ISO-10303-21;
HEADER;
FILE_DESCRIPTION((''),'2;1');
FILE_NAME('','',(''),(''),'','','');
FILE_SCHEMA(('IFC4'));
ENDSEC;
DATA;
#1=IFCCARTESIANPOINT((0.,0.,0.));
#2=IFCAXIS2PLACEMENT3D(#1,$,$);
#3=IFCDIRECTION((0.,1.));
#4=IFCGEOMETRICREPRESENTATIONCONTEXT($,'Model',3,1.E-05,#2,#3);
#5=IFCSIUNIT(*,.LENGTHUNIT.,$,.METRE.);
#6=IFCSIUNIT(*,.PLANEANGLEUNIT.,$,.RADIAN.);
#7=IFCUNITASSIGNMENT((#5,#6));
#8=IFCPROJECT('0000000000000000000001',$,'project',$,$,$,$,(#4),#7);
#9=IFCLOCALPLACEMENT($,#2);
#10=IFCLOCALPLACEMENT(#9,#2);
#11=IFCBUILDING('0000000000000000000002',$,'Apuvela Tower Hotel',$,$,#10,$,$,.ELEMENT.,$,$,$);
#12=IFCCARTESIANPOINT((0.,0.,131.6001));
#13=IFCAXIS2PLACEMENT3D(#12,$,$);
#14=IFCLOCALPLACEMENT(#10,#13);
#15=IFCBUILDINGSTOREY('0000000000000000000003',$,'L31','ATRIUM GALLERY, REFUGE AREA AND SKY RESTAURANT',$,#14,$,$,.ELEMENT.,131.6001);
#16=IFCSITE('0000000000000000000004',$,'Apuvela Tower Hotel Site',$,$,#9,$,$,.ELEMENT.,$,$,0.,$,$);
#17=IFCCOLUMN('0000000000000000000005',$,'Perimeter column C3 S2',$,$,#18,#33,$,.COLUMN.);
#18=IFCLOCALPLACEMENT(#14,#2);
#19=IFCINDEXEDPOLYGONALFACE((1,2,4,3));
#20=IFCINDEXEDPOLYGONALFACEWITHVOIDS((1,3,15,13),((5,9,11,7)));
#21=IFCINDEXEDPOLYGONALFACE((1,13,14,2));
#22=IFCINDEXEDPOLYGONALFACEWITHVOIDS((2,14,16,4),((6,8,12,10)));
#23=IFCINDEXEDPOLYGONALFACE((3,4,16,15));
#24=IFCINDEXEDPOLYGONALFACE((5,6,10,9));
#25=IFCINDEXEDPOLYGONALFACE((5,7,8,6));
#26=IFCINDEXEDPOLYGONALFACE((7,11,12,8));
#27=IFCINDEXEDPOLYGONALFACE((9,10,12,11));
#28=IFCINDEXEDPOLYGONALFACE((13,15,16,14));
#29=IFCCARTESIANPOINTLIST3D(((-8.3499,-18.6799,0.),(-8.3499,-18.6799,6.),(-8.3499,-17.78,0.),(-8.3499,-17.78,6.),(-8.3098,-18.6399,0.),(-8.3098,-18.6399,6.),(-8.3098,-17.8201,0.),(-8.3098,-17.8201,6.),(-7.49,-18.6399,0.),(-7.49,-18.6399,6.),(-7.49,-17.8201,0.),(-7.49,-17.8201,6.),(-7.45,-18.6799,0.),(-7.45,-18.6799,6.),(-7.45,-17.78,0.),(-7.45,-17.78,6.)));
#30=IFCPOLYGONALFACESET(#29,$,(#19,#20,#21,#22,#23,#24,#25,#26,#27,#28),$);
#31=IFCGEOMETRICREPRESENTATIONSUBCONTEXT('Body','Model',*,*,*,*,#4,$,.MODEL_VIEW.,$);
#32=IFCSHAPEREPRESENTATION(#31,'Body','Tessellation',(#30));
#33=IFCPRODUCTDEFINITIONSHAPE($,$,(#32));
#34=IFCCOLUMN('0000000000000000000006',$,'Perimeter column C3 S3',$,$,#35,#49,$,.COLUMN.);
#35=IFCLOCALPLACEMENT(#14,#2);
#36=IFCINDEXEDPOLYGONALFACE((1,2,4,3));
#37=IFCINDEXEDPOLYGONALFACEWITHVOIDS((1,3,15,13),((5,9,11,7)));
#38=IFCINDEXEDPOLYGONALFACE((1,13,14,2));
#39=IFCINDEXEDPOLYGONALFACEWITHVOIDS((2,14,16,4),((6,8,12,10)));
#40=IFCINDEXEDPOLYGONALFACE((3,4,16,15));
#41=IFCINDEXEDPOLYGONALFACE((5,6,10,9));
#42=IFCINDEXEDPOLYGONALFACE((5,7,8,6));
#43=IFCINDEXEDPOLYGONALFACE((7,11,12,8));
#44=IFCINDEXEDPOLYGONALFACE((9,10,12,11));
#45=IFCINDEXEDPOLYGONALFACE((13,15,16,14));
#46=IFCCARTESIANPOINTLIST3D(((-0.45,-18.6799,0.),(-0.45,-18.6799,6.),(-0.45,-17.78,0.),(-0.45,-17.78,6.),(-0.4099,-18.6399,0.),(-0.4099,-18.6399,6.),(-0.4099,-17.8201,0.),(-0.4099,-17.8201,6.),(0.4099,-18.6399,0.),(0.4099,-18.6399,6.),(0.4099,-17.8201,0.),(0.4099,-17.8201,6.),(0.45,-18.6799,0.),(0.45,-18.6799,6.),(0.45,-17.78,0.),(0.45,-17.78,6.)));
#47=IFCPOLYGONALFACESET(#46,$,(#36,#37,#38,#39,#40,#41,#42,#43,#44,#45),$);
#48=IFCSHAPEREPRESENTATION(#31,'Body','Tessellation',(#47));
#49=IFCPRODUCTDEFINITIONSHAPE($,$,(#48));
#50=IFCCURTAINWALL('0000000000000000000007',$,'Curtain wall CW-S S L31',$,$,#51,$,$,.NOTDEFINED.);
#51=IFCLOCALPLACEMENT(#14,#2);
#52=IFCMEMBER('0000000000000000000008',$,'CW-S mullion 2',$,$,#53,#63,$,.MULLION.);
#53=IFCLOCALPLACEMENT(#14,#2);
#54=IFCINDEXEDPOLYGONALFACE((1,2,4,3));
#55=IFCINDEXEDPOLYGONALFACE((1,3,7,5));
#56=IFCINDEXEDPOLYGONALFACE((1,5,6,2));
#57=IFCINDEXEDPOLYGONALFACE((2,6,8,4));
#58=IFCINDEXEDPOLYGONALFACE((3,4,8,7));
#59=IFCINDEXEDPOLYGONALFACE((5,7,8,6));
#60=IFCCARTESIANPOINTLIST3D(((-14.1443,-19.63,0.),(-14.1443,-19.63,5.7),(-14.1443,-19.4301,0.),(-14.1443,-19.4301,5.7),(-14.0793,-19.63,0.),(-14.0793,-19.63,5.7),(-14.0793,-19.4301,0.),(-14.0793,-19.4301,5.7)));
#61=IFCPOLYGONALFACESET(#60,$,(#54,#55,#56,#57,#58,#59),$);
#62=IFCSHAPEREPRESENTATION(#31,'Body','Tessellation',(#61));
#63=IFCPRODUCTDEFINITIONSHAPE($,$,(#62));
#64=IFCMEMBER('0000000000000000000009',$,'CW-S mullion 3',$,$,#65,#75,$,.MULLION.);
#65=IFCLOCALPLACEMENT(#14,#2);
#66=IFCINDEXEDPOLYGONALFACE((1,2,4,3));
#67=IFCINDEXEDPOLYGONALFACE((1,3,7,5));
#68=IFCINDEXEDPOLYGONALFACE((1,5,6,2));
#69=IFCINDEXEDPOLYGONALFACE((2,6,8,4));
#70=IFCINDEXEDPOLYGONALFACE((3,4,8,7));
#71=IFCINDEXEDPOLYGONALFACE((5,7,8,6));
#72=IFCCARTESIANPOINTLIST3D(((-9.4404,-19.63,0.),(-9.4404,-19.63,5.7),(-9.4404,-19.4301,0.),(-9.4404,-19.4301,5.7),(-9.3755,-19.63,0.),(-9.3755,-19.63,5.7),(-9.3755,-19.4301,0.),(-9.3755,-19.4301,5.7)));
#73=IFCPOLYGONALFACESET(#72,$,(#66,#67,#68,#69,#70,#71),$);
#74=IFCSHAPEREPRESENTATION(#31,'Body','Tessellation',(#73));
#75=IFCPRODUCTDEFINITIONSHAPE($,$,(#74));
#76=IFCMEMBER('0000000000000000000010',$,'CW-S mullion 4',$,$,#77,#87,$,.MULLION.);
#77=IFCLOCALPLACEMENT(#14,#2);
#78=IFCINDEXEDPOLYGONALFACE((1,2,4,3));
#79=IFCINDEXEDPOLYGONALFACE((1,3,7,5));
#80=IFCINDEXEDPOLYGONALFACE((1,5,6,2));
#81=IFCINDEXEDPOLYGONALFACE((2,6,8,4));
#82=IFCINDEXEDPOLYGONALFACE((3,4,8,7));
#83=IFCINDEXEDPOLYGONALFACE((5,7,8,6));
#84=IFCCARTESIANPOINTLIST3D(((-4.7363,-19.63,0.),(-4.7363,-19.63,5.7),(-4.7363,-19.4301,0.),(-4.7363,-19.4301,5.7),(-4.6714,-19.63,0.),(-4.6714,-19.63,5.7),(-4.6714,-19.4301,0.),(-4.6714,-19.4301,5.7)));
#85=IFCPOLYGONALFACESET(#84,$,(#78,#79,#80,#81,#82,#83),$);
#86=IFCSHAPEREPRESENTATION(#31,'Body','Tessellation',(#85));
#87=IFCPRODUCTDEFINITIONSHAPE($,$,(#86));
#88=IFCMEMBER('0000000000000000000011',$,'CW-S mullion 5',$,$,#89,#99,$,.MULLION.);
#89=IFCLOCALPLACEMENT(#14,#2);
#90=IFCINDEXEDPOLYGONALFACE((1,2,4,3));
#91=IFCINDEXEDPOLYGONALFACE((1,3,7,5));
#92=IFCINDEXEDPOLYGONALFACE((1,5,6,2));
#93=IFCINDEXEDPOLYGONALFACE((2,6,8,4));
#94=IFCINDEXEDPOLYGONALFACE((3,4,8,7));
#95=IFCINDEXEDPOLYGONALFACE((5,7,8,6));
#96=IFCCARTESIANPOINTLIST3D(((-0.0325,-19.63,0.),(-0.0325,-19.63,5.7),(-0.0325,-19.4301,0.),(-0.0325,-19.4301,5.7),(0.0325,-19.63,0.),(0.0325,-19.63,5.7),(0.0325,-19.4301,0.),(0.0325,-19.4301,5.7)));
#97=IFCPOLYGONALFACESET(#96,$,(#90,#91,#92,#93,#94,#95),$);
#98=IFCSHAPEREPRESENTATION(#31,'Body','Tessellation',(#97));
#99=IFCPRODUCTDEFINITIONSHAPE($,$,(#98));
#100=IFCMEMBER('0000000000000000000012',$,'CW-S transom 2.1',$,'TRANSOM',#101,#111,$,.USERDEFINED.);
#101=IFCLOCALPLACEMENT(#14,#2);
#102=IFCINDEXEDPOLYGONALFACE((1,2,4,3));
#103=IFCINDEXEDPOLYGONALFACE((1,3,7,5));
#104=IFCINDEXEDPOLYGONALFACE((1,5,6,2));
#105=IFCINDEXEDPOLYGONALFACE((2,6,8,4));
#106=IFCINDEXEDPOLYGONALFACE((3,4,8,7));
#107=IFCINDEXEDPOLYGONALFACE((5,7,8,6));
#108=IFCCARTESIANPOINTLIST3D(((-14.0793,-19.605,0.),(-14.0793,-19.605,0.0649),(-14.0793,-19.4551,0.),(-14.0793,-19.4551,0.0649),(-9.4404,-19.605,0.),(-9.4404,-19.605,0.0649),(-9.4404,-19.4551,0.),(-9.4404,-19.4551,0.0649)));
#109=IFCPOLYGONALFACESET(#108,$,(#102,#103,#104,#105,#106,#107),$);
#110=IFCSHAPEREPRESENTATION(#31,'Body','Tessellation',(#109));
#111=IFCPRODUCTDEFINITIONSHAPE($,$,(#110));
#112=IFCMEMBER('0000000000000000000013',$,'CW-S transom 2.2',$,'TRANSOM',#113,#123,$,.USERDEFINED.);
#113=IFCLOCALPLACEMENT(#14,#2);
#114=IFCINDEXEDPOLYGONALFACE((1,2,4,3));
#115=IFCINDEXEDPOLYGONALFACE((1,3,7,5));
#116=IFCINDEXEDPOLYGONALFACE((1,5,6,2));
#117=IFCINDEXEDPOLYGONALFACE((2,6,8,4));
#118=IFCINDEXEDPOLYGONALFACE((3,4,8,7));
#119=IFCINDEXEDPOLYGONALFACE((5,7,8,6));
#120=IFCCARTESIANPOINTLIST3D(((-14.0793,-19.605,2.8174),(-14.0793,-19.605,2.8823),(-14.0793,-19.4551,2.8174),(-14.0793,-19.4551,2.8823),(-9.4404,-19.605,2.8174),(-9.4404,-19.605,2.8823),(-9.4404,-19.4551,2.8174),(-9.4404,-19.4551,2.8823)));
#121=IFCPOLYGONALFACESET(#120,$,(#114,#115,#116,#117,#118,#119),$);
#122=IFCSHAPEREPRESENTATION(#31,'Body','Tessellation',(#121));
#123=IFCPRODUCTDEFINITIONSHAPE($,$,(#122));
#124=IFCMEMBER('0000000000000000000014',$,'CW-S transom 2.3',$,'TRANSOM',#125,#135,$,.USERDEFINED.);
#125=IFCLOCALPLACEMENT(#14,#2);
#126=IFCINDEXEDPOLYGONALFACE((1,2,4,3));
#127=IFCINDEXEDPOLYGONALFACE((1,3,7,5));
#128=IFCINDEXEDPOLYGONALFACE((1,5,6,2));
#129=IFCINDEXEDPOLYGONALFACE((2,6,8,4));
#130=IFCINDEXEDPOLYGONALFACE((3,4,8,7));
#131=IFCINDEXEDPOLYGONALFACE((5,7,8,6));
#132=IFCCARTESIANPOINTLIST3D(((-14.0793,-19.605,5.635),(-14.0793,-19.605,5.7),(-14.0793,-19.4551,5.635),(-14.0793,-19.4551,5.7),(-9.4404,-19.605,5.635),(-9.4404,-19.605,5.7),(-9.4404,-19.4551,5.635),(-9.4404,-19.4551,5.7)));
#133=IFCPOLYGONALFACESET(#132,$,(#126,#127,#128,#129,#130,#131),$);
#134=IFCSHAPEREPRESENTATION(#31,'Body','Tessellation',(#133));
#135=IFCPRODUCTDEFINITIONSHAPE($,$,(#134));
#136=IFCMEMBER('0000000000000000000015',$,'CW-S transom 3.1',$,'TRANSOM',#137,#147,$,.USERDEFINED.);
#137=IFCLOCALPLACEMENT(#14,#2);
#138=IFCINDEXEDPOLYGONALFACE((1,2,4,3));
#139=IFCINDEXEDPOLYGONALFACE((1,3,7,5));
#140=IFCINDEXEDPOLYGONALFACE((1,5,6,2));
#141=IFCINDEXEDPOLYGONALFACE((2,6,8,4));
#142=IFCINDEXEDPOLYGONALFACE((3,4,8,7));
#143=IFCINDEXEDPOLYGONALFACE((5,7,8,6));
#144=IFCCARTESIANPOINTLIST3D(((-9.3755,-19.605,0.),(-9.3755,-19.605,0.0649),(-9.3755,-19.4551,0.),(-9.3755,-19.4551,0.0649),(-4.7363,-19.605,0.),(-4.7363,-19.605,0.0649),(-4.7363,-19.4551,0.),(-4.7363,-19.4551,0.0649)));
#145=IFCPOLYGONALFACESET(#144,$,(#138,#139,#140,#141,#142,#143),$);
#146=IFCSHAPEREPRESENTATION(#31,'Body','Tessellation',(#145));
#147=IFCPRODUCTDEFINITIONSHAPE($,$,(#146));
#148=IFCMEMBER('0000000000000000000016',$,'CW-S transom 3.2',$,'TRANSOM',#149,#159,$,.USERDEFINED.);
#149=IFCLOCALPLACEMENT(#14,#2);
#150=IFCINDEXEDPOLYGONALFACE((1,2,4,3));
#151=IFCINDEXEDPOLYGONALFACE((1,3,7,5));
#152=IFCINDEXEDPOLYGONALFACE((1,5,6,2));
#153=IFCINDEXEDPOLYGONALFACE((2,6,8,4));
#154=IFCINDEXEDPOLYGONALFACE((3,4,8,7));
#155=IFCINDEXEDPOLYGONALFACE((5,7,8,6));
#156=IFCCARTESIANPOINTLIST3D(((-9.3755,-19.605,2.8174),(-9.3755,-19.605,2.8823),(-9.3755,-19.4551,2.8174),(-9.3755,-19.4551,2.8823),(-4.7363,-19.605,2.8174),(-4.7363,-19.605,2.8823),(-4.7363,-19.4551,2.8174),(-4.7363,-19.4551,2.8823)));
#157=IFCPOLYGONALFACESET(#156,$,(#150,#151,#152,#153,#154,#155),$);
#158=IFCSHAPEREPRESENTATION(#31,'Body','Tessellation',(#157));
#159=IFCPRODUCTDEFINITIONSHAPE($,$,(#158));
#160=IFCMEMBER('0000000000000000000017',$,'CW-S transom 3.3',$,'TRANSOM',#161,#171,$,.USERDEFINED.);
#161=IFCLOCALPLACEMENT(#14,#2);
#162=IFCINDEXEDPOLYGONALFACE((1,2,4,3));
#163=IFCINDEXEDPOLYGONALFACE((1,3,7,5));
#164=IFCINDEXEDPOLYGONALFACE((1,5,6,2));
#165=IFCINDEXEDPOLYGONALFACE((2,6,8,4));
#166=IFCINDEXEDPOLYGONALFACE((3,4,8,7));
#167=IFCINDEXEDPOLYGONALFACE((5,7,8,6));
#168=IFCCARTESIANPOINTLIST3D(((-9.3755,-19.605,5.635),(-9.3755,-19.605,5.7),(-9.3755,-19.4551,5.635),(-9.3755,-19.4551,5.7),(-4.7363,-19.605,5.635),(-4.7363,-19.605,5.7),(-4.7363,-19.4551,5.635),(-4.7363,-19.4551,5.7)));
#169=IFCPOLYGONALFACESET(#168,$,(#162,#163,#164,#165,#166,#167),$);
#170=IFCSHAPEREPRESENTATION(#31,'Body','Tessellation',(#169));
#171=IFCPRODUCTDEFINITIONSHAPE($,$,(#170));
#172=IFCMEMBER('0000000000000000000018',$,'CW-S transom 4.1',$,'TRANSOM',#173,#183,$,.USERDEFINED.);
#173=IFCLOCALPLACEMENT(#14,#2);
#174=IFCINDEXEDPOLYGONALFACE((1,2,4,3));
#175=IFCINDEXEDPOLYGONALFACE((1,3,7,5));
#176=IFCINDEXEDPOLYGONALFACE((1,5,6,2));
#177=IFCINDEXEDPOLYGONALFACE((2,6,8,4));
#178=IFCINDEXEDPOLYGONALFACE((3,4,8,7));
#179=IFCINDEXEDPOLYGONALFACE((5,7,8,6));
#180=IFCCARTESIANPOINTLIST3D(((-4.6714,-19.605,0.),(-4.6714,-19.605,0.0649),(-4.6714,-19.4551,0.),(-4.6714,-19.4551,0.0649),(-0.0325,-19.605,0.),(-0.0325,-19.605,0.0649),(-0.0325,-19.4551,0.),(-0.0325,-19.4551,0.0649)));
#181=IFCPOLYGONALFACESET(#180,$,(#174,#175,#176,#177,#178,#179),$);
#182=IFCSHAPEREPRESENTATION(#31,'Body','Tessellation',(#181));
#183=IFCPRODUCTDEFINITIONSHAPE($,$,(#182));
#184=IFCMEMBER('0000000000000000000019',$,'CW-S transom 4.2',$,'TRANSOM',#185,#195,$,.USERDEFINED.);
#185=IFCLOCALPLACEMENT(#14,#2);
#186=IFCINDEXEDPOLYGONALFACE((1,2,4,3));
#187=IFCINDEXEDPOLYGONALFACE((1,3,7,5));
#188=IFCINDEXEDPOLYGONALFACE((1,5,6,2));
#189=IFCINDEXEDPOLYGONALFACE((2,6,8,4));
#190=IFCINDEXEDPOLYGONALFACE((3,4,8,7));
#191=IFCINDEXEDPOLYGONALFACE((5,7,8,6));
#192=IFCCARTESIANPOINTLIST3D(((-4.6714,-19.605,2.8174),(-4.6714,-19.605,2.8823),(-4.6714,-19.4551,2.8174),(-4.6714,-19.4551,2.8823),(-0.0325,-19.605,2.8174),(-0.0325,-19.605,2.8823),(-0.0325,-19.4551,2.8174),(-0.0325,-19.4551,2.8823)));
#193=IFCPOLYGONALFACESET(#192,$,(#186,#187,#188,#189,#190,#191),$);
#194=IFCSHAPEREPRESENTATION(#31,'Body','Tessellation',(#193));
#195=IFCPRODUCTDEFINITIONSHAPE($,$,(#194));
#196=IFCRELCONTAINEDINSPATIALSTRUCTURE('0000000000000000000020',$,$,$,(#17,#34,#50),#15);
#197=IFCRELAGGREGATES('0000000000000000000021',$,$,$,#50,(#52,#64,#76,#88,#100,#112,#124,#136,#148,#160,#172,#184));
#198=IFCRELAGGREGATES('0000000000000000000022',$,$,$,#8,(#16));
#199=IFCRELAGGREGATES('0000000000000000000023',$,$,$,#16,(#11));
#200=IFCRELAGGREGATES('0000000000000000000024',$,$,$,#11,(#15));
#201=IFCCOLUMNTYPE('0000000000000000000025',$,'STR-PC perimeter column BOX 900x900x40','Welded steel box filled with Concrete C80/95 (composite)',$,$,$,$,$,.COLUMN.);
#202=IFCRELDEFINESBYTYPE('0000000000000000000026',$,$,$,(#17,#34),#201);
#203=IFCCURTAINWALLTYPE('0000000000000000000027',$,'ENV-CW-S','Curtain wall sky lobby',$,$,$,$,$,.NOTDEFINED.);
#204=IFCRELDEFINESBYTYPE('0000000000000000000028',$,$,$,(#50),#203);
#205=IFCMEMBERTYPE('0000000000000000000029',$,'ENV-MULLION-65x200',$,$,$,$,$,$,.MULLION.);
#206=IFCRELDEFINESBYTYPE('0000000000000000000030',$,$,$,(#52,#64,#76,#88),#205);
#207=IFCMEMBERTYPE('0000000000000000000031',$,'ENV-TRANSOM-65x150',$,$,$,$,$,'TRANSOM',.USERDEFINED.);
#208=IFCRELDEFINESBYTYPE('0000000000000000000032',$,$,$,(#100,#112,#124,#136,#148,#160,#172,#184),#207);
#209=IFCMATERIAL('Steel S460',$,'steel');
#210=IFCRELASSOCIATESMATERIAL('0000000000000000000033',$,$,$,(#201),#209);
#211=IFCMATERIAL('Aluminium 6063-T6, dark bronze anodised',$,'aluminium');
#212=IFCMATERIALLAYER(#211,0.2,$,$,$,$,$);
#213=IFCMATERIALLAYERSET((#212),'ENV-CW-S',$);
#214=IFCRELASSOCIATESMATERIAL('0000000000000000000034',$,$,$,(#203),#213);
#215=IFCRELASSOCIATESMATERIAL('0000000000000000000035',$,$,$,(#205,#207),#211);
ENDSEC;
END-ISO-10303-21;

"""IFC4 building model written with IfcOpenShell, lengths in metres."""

from ifc_helpers import new_model, si_unit, direction, frame, origin, origin_2d, place, context, subcontext, project, spatial, rectangle, hollow_rectangle, extrude, material, layer, layer_set, material_profile, profile_set, type_object, element, aggregate, save


model = new_model("IFC4")

# Units and contexts
model_context = context("Model", 3, precision=1e-05, world=origin(), true_north=direction((0.0, 1.0)))
body_context = subcontext(model_context, "Body", "Model", "MODEL_VIEW")
ifc_project = project(units=[si_unit("LENGTHUNIT", "METRE"), si_unit("PLANEANGLEUNIT", "RADIAN")], contexts=[model_context])

# Site, building, storey
site_placement = place(None, origin())
site = spatial("IfcSite", under=ifc_project, at=site_placement, Name="Apuvela Tower Hotel Site", CompositionType="ELEMENT", RefElevation=0.0)
building_placement = place(site_placement, origin())
building = spatial("IfcBuilding", under=site, at=building_placement, Name="Apuvela Tower Hotel", CompositionType="ELEMENT")
storey_placement = place(building_placement, frame((0.0, 0.0, 131.6001)))
storey = spatial("IfcBuildingStorey", under=building, at=storey_placement, Name="L31", Description="ATRIUM GALLERY, REFUGE AREA AND SKY RESTAURANT", CompositionType="ELEMENT", Elevation=131.6001)

# Columns
ifc_material_1 = material(Name="Steel S460", Category="steel")
ifc_material_profile_1 = material_profile(ifc_material_1, hollow_rectangle(XDim=0.8999, YDim=0.8999, WallThickness=0.04, at=origin_2d()), Name="BOX 900x900x40")
ifc_material_2 = material(Name="Concrete C80/95", Category="concrete")
ifc_material_profile_2 = material_profile(ifc_material_2, rectangle(XDim=0.8201, YDim=0.8201, at=origin_2d()), Name="Concrete C80/95 infill")
ifc_profile_set_1 = profile_set([ifc_material_profile_1, ifc_material_profile_2], Name="Steel S460")
column_type = type_object("IfcColumnType", Name="STR-PC perimeter column BOX 900x900x40", Description="Welded steel box filled with Concrete C80/95 (composite)", PredefinedType="COLUMN", material=ifc_profile_set_1)
for number, where, z_axis, x_axis, name in (
    (1, (-7.8999, -18.23, 0.0), (0.0, 0.0, 1.0), (-1.0, 0.0, 0.0), "Perimeter column C3 S2"),
    (2, (0.0, -18.23, 0.0), (0.0, 0.0, 1.0), (-1.0, 0.0, 0.0), "Perimeter column C3 S3"),
):
    element("IfcColumn", number, at=place(storey_placement, frame(where, z_axis=z_axis, x_axis=x_axis)), inside=storey, type_object=column_type, Name=name, PredefinedType="COLUMN", context=body_context, shape_type="SweptSolid", body=[
        extrude(hollow_rectangle(XDim=0.8999, YDim=0.8999, WallThickness=0.04, at=origin_2d()), origin(), (0.0, 0.0, 1.0), 6.0),
    ])

# Curtain wall, members
ifc_material_3 = material(Name="Aluminium 6063-T6, dark bronze anodised", Category="aluminium")
ifc_layer_1 = layer(ifc_material_3, 0.2)
ifc_layer_set_1 = layer_set([ifc_layer_1], Name="ENV-CW-S")
curtain_wall_type = type_object("IfcCurtainWallType", Name="ENV-CW-S", Description="Curtain wall sky lobby", PredefinedType="NOTDEFINED", material=ifc_layer_set_1)
curtain_wall_placement = place(storey_placement, origin())
curtain_wall = element("IfcCurtainWall", 3, at=curtain_wall_placement, inside=storey, type_object=curtain_wall_type, Name="Curtain wall CW-S S L31", PredefinedType="NOTDEFINED")
ifc_material_profile_3 = material_profile(ifc_material_3, rectangle(XDim=0.2, YDim=0.0649, at=origin_2d()), Name="AL 65x200")
ifc_profile_set_2 = profile_set([ifc_material_profile_3], Name="Aluminium 6063-T6, dark bronze anodised")
member_type_1 = type_object("IfcMemberType", Name="ENV-MULLION-65x200", PredefinedType="MULLION", material=ifc_profile_set_2)
member_1_placement = place(storey_placement, frame((-14.1118, -19.53, 0.0), z_axis=(0.0, 0.0, 1.0), x_axis=(0.0, 1.0, 0.0)))
member_1 = element("IfcMember", 4, at=member_1_placement, type_object=member_type_1, Name="CW-S mullion 2", PredefinedType="MULLION", context=body_context, shape_type="SweptSolid", body=[
    extrude(rectangle(XDim=0.2, YDim=0.0649, at=origin_2d()), origin(), (0.0, 0.0, 1.0), 5.7),
])
member_2_placement = place(storey_placement, frame((-9.408, -19.53, 0.0), z_axis=(0.0, 0.0, 1.0), x_axis=(0.0, 1.0, 0.0)))
member_2 = element("IfcMember", 5, at=member_2_placement, type_object=member_type_1, Name="CW-S mullion 3", PredefinedType="MULLION", context=body_context, shape_type="SweptSolid", body=[
    extrude(rectangle(XDim=0.2, YDim=0.0649, at=origin_2d()), origin(), (0.0, 0.0, 1.0), 5.7),
])
member_3_placement = place(storey_placement, frame((-4.7039, -19.53, 0.0), z_axis=(0.0, 0.0, 1.0), x_axis=(0.0, 1.0, 0.0)))
member_3 = element("IfcMember", 6, at=member_3_placement, type_object=member_type_1, Name="CW-S mullion 4", PredefinedType="MULLION", context=body_context, shape_type="SweptSolid", body=[
    extrude(rectangle(XDim=0.2, YDim=0.0649, at=origin_2d()), origin(), (0.0, 0.0, 1.0), 5.7),
])
member_4_placement = place(storey_placement, frame((0.0, -19.53, 0.0), z_axis=(0.0, 0.0, 1.0), x_axis=(0.0, 1.0, 0.0)))
member_4 = element("IfcMember", 7, at=member_4_placement, type_object=member_type_1, Name="CW-S mullion 5", PredefinedType="MULLION", context=body_context, shape_type="SweptSolid", body=[
    extrude(rectangle(XDim=0.2, YDim=0.0649, at=origin_2d()), origin(), (0.0, 0.0, 1.0), 5.7),
])
ifc_material_profile_4 = material_profile(ifc_material_3, rectangle(XDim=0.1499, YDim=0.0649, at=origin_2d()), Name="AL 65x150 transom")
ifc_profile_set_3 = profile_set([ifc_material_profile_4], Name="Aluminium 6063-T6, dark bronze anodised")
member_type_2 = type_object("IfcMemberType", Name="ENV-TRANSOM-65x150", ElementType="TRANSOM", PredefinedType="USERDEFINED", material=ifc_profile_set_3)
member_5_placement = place(storey_placement, frame((-14.0793, -19.53, 0.0325), z_axis=(1.0, 0.0, 0.0), x_axis=(0.0, 1.0, 0.0)))
member_5 = element("IfcMember", 8, at=member_5_placement, type_object=member_type_2, Name="CW-S transom 2.1", ObjectType="TRANSOM", PredefinedType="USERDEFINED", context=body_context, shape_type="SweptSolid", body=[
    extrude(rectangle(XDim=0.1499, YDim=0.0649, at=origin_2d()), origin(), (0.0, 0.0, 1.0), 4.6389),
])
member_6_placement = place(storey_placement, frame((-14.0793, -19.53, 2.8499), z_axis=(1.0, 0.0, 0.0), x_axis=(0.0, 1.0, 0.0)))
member_6 = element("IfcMember", 9, at=member_6_placement, type_object=member_type_2, Name="CW-S transom 2.2", ObjectType="TRANSOM", PredefinedType="USERDEFINED", context=body_context, shape_type="SweptSolid", body=[
    extrude(rectangle(XDim=0.1499, YDim=0.0649, at=origin_2d()), origin(), (0.0, 0.0, 1.0), 4.6389),
])
member_7_placement = place(storey_placement, frame((-14.0793, -19.53, 5.6675), z_axis=(1.0, 0.0, 0.0), x_axis=(0.0, 1.0, 0.0)))
member_7 = element("IfcMember", 10, at=member_7_placement, type_object=member_type_2, Name="CW-S transom 2.3", ObjectType="TRANSOM", PredefinedType="USERDEFINED", context=body_context, shape_type="SweptSolid", body=[
    extrude(rectangle(XDim=0.1499, YDim=0.0649, at=origin_2d()), origin(), (0.0, 0.0, 1.0), 4.6389),
])
member_8_placement = place(storey_placement, frame((-9.3755, -19.53, 0.0325), z_axis=(1.0, 0.0, 0.0), x_axis=(0.0, 1.0, 0.0)))
member_8 = element("IfcMember", 11, at=member_8_placement, type_object=member_type_2, Name="CW-S transom 3.1", ObjectType="TRANSOM", PredefinedType="USERDEFINED", context=body_context, shape_type="SweptSolid", body=[
    extrude(rectangle(XDim=0.1499, YDim=0.0649, at=origin_2d()), origin(), (0.0, 0.0, 1.0), 4.6392),
])
member_9_placement = place(storey_placement, frame((-9.3755, -19.53, 2.8499), z_axis=(1.0, 0.0, 0.0), x_axis=(0.0, 1.0, 0.0)))
member_9 = element("IfcMember", 12, at=member_9_placement, type_object=member_type_2, Name="CW-S transom 3.2", ObjectType="TRANSOM", PredefinedType="USERDEFINED", context=body_context, shape_type="SweptSolid", body=[
    extrude(rectangle(XDim=0.1499, YDim=0.0649, at=origin_2d()), origin(), (0.0, 0.0, 1.0), 4.6392),
])
member_10_placement = place(storey_placement, frame((-9.3755, -19.53, 5.6675), z_axis=(1.0, 0.0, 0.0), x_axis=(0.0, 1.0, 0.0)))
member_10 = element("IfcMember", 13, at=member_10_placement, type_object=member_type_2, Name="CW-S transom 3.3", ObjectType="TRANSOM", PredefinedType="USERDEFINED", context=body_context, shape_type="SweptSolid", body=[
    extrude(rectangle(XDim=0.1499, YDim=0.0649, at=origin_2d()), origin(), (0.0, 0.0, 1.0), 4.6392),
])
member_11_placement = place(storey_placement, frame((-4.6714, -19.53, 0.0325), z_axis=(1.0, 0.0, 0.0), x_axis=(0.0, 1.0, 0.0)))
member_11 = element("IfcMember", 14, at=member_11_placement, type_object=member_type_2, Name="CW-S transom 4.1", ObjectType="TRANSOM", PredefinedType="USERDEFINED", context=body_context, shape_type="SweptSolid", body=[
    extrude(rectangle(XDim=0.1499, YDim=0.0649, at=origin_2d()), origin(), (0.0, 0.0, 1.0), 4.6389),
])
member_12_placement = place(storey_placement, frame((-4.6714, -19.53, 2.8499), z_axis=(1.0, 0.0, 0.0), x_axis=(0.0, 1.0, 0.0)))
member_12 = element("IfcMember", 15, at=member_12_placement, type_object=member_type_2, Name="CW-S transom 4.2", ObjectType="TRANSOM", PredefinedType="USERDEFINED", context=body_context, shape_type="SweptSolid", body=[
    extrude(rectangle(XDim=0.1499, YDim=0.0649, at=origin_2d()), origin(), (0.0, 0.0, 1.0), 4.6389),
])

aggregate(curtain_wall, [member_1, member_2, member_3, member_4, member_5, member_6, member_7, member_8, member_9, member_10, member_11, member_12])

save(model, "model.ifc")
